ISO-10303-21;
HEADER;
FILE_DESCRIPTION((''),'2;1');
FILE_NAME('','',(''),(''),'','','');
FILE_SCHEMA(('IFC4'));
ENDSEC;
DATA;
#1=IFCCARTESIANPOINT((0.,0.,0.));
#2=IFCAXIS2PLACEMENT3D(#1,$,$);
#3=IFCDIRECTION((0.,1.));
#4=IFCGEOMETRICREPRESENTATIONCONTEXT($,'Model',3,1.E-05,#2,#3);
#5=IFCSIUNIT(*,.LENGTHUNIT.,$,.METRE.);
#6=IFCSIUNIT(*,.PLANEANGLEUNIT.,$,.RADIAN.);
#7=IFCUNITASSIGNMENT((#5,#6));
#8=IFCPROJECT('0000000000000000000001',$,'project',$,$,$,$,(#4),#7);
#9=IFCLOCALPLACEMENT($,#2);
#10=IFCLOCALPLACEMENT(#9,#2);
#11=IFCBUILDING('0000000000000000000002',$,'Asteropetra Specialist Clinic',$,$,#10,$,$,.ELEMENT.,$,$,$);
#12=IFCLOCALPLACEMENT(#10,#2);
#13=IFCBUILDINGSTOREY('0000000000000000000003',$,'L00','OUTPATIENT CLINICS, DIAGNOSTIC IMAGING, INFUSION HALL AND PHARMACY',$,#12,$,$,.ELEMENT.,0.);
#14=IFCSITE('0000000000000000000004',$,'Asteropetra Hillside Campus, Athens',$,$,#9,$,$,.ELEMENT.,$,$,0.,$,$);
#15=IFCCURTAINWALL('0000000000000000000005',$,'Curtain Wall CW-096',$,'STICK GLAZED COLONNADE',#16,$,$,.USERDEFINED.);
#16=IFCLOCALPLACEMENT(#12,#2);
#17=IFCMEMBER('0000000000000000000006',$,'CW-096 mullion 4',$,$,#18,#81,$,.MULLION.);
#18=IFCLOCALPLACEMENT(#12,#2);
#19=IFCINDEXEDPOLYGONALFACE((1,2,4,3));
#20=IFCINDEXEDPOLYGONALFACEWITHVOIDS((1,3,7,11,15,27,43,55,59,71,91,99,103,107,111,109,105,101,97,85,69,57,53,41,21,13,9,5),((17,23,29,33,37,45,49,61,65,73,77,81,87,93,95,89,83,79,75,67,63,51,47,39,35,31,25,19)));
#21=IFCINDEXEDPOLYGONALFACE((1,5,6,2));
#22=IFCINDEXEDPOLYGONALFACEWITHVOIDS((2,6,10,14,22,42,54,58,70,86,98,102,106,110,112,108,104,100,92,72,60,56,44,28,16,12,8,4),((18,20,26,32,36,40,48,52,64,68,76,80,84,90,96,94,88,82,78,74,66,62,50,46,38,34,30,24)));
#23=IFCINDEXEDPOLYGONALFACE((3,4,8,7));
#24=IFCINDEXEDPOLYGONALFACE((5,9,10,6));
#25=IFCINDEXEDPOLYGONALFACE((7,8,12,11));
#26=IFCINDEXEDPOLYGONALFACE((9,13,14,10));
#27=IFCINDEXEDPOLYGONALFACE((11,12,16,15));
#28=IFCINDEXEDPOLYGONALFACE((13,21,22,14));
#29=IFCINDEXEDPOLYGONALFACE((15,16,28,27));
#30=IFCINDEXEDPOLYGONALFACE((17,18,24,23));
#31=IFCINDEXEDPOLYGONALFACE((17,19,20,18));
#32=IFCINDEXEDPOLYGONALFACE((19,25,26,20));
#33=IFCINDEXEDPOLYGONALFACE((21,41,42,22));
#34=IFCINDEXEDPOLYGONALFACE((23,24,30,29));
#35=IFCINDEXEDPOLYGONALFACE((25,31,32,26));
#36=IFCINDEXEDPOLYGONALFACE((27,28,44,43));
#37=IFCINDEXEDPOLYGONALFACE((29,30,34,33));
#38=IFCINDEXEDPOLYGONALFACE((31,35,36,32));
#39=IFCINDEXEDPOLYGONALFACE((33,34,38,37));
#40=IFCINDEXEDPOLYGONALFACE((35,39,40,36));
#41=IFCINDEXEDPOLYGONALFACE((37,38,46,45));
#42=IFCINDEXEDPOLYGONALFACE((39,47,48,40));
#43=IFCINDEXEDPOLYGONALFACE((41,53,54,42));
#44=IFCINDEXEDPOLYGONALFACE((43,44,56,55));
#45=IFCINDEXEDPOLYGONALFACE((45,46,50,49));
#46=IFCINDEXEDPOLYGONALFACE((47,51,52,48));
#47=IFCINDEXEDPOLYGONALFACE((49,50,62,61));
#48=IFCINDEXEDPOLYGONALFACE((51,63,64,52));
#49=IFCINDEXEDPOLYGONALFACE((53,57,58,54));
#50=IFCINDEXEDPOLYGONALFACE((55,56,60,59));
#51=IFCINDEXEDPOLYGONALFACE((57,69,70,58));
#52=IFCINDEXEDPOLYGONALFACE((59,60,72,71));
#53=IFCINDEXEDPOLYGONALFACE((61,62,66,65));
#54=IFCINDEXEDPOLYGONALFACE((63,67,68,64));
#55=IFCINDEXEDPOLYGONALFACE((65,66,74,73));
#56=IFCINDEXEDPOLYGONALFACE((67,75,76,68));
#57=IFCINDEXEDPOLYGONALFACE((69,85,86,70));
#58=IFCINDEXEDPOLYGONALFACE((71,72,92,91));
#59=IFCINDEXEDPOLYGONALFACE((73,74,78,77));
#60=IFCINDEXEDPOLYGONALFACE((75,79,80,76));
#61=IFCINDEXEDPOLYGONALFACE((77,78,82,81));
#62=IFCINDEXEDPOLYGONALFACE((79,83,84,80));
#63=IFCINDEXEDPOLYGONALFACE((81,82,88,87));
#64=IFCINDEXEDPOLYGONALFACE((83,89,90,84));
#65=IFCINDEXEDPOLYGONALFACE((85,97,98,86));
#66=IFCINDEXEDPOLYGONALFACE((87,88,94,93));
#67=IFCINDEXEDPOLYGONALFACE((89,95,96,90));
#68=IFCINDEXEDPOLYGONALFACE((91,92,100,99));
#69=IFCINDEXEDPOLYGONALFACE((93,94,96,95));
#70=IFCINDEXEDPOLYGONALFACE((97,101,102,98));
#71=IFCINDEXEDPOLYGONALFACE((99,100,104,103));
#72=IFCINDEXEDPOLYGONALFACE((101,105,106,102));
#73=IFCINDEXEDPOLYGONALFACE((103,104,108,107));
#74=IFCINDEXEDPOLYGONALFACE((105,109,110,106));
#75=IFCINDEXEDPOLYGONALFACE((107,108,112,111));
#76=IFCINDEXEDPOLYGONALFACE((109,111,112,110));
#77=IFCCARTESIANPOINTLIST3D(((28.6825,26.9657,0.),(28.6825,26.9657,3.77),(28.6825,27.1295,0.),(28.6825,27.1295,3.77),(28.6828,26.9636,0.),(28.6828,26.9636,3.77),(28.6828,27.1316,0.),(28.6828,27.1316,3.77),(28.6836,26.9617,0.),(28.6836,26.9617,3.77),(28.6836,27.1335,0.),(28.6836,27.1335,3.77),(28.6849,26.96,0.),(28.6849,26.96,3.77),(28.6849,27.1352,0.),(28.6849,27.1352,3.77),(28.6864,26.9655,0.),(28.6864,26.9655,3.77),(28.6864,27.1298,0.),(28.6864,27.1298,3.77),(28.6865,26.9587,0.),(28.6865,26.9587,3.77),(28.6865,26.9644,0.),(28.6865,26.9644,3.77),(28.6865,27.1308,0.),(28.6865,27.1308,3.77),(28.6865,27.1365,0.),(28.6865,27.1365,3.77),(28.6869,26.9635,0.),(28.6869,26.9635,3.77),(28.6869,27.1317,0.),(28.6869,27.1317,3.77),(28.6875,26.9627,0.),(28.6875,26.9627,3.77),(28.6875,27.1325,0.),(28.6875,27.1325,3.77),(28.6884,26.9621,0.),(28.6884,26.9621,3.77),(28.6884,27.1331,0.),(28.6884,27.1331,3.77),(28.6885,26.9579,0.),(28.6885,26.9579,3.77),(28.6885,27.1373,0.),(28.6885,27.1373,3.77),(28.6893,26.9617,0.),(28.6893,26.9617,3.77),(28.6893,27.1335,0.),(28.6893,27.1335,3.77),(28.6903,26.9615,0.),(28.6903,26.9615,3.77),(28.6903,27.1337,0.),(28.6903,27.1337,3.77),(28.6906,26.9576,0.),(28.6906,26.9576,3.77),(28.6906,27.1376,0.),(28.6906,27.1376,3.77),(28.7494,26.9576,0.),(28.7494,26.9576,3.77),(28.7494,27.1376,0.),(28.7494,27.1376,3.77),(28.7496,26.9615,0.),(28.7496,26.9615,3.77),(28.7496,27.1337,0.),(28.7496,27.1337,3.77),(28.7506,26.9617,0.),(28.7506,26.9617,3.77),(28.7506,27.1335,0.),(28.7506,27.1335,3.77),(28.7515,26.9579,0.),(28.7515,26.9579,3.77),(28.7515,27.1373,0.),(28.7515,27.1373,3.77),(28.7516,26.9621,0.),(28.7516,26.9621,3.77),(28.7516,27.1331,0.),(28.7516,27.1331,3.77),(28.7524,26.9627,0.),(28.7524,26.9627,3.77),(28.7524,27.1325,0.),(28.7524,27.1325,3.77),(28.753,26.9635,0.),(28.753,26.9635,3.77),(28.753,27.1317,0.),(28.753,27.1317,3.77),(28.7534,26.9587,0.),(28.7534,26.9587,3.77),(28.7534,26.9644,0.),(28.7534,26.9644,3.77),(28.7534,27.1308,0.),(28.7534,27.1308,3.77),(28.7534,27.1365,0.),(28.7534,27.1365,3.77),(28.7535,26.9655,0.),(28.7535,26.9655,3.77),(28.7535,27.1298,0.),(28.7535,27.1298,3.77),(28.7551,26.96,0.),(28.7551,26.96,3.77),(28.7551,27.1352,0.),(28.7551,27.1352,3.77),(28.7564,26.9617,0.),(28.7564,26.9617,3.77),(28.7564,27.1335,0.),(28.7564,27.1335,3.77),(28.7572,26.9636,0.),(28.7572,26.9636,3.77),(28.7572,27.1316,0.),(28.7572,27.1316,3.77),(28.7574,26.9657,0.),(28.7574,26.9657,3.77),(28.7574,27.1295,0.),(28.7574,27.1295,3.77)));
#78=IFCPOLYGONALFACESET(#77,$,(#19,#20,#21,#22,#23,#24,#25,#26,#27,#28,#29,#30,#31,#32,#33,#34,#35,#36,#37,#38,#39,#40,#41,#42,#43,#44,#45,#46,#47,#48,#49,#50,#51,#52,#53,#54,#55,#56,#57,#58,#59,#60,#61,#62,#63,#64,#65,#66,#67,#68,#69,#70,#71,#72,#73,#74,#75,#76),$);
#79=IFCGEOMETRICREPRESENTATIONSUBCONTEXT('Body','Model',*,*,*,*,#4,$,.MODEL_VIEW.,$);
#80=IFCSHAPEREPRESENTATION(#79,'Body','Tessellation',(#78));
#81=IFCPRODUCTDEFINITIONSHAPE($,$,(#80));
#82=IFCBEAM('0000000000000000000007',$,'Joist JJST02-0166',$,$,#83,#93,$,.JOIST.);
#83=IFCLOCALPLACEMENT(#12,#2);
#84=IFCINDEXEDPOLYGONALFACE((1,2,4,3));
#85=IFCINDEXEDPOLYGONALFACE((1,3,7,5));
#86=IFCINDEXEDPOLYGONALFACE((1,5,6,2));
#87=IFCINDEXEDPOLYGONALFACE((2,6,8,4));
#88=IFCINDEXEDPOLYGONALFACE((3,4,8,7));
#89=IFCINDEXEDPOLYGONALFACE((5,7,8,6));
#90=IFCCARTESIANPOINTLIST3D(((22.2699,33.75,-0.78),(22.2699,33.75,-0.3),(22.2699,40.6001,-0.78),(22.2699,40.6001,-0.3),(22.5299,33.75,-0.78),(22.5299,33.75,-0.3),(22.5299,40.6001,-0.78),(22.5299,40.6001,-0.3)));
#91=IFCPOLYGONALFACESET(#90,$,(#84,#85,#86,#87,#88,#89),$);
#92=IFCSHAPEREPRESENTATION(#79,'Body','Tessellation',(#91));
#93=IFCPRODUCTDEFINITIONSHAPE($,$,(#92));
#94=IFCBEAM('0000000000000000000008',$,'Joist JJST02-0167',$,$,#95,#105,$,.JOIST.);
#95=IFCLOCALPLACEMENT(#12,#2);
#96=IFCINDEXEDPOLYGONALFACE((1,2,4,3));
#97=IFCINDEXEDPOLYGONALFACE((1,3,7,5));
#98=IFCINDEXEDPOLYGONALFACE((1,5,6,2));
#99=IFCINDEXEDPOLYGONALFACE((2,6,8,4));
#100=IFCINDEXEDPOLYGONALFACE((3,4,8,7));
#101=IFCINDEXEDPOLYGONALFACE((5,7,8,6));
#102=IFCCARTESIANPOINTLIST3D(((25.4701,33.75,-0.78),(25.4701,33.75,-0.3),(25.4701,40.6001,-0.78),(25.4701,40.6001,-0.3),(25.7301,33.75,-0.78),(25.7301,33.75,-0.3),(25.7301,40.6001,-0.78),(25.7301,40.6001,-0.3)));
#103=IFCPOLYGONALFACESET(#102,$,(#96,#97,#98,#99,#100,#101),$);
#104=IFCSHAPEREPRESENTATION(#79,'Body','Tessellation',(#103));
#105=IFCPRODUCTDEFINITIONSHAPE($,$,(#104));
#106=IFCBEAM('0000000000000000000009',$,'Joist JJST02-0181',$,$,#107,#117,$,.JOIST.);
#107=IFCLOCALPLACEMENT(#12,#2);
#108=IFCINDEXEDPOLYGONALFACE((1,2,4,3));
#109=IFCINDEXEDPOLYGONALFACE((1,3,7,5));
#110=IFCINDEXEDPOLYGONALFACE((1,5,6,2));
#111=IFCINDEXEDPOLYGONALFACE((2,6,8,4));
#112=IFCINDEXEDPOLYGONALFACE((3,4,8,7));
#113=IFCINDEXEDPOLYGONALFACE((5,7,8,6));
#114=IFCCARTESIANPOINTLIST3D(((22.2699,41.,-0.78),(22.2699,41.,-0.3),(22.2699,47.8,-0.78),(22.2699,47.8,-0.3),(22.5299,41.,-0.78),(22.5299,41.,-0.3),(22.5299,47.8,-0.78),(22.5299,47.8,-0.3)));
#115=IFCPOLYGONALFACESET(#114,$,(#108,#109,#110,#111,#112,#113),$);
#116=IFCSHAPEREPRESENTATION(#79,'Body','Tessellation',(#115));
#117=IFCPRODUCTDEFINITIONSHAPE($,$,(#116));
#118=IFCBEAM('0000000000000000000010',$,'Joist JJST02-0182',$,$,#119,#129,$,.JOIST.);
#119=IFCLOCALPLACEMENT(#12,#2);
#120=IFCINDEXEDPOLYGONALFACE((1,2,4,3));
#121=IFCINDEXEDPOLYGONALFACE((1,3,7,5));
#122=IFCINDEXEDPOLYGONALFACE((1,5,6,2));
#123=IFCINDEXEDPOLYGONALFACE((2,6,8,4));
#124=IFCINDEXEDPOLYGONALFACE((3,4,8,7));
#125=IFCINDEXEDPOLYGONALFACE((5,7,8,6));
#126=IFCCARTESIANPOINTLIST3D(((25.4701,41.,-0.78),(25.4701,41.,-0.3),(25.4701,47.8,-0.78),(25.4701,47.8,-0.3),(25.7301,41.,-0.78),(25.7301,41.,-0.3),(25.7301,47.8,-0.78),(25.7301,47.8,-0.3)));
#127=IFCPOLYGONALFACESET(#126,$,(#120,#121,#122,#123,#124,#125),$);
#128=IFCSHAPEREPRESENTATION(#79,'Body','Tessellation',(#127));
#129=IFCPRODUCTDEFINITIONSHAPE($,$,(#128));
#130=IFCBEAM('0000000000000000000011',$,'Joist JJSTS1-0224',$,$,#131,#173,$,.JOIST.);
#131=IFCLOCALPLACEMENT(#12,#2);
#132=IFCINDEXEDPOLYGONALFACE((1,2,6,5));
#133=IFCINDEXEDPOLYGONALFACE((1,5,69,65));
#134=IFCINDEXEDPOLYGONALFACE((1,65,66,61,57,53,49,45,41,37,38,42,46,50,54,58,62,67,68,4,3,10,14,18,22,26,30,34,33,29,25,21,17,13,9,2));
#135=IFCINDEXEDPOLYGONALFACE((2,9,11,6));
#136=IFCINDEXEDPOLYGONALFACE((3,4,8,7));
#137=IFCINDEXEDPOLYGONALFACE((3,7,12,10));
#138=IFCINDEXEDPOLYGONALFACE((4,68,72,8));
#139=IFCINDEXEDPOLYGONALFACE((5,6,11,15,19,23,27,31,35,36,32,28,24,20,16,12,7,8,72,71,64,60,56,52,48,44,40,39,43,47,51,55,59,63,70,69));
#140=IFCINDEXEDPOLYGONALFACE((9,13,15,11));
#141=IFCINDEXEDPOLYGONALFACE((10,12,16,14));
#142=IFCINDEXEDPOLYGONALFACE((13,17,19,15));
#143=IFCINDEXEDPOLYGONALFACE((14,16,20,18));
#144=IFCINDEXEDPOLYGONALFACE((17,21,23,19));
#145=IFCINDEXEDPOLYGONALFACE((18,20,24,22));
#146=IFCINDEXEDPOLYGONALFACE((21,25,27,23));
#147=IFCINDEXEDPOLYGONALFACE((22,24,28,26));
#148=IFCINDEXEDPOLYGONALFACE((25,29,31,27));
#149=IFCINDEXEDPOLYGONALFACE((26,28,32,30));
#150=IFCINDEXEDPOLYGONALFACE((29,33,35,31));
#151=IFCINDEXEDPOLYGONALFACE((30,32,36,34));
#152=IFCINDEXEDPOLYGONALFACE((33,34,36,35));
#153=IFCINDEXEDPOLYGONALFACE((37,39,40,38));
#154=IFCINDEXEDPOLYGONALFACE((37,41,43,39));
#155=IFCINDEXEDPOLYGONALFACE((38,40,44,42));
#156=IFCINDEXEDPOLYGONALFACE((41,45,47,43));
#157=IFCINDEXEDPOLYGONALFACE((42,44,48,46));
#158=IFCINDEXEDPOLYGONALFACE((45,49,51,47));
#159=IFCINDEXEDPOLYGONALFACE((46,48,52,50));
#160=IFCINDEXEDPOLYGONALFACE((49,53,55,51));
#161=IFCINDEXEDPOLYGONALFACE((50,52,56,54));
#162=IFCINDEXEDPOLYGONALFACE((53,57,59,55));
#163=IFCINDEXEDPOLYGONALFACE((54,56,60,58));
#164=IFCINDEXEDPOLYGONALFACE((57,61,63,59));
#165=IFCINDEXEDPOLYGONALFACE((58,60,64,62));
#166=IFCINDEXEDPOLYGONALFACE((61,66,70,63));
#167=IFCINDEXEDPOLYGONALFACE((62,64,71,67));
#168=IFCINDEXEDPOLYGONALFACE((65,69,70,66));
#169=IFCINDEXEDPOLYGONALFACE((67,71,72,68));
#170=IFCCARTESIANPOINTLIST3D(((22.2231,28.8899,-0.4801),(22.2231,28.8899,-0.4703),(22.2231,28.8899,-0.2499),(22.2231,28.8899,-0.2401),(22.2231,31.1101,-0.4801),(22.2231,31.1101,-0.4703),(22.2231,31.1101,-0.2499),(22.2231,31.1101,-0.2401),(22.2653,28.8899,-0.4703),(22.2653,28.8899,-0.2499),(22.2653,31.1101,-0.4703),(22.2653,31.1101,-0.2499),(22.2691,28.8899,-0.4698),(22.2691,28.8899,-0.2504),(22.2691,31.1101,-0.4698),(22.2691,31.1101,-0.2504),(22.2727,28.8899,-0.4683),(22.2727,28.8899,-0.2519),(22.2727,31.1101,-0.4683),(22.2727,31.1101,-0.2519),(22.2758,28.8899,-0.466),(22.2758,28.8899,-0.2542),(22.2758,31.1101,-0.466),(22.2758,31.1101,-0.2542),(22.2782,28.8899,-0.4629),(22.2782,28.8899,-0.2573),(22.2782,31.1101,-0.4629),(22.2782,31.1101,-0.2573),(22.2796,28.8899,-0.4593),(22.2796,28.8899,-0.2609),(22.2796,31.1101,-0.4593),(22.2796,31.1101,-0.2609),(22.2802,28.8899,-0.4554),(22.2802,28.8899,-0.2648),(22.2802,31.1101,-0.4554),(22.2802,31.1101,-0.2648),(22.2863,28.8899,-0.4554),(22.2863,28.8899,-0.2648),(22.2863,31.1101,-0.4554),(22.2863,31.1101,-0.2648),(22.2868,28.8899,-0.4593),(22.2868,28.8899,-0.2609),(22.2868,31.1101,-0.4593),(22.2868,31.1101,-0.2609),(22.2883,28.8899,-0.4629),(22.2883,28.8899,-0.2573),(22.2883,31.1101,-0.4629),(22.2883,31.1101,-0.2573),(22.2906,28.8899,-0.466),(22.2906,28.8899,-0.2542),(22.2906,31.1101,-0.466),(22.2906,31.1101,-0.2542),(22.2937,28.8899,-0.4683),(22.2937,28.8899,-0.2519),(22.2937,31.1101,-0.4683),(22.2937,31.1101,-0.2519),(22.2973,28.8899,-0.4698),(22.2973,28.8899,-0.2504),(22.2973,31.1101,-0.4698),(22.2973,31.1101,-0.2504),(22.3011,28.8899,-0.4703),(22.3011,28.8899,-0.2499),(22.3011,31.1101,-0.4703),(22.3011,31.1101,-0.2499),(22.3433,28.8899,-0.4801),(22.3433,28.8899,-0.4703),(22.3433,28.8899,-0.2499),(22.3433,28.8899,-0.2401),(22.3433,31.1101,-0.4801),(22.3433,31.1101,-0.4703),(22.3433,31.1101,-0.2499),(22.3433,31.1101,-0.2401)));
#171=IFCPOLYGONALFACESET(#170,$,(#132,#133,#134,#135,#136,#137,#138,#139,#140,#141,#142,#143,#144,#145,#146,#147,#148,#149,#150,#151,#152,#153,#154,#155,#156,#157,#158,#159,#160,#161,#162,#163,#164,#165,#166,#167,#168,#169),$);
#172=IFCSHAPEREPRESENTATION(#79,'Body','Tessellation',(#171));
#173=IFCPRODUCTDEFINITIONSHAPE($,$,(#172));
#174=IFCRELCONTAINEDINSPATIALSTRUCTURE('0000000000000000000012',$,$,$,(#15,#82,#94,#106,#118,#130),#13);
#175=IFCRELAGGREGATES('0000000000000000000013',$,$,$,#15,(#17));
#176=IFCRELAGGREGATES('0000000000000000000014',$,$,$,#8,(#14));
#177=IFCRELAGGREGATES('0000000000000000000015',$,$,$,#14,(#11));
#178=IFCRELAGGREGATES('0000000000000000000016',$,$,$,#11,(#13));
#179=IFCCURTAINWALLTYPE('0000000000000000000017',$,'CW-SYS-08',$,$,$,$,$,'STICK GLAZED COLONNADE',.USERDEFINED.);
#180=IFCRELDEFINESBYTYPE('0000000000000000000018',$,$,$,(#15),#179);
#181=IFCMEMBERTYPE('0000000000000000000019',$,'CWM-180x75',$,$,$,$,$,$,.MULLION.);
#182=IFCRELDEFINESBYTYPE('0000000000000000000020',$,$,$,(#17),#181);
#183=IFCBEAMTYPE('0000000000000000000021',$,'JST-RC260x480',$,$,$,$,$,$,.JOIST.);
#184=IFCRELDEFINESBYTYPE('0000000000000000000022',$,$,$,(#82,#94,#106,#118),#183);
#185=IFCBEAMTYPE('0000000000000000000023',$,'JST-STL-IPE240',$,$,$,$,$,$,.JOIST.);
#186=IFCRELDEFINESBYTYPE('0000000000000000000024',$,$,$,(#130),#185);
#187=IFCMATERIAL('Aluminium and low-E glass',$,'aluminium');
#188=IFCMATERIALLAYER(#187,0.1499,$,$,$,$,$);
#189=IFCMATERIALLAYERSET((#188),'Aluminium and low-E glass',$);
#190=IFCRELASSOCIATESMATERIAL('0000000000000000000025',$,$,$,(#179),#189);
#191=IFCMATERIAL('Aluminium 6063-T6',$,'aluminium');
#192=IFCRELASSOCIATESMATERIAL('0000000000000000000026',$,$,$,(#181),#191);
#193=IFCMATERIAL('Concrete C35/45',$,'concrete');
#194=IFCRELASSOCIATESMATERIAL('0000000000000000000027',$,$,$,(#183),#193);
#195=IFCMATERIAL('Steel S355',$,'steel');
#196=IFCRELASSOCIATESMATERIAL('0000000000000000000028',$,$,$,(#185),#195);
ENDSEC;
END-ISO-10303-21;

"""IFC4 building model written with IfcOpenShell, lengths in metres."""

from ifc_helpers import new_model, si_unit, direction, frame, origin, origin_2d, place, context, subcontext, project, spatial, rectangle, hollow_rectangle, i_section, extrude, material, layer, layer_set, material_profile, profile_set, type_object, element, aggregate, save


model = new_model("IFC4")

# Units and contexts
model_context = context("Model", 3, precision=1e-05, world=origin(), true_north=direction((0.0, 1.0)))
body_context = subcontext(model_context, "Body", "Model", "MODEL_VIEW")
ifc_project = project(units=[si_unit("LENGTHUNIT", "METRE"), si_unit("PLANEANGLEUNIT", "RADIAN")], contexts=[model_context])

# Site, building, storey
site_placement = place(None, origin())
site = spatial("IfcSite", under=ifc_project, at=site_placement, Name="Asteropetra Hillside Campus, Athens", CompositionType="ELEMENT", RefElevation=0.0)
building_placement = place(site_placement, origin())
building = spatial("IfcBuilding", under=site, at=building_placement, Name="Asteropetra Specialist Clinic", CompositionType="ELEMENT")
storey_placement = place(building_placement, origin())
storey = spatial("IfcBuildingStorey", under=building, at=storey_placement, Name="L00", Description="OUTPATIENT CLINICS, DIAGNOSTIC IMAGING, INFUSION HALL AND PHARMACY", CompositionType="ELEMENT", Elevation=0.0)

# Curtain wall, member
ifc_material_1 = material(Name="Aluminium and low-E glass", Category="aluminium")
ifc_layer_1 = layer(ifc_material_1, 0.1499)
ifc_layer_set_1 = layer_set([ifc_layer_1], Name="Aluminium and low-E glass")
curtain_wall_type = type_object("IfcCurtainWallType", Name="CW-SYS-08", ElementType="STICK GLAZED COLONNADE", PredefinedType="USERDEFINED", material=ifc_layer_set_1)
curtain_wall_placement = place(storey_placement, origin())
curtain_wall = element("IfcCurtainWall", 1, at=curtain_wall_placement, inside=storey, type_object=curtain_wall_type, Name="Curtain Wall CW-096", ObjectType="STICK GLAZED COLONNADE", PredefinedType="USERDEFINED")
ifc_material_2 = material(Name="Aluminium 6063-T6", Category="aluminium")
ifc_material_profile_1 = material_profile(ifc_material_2, hollow_rectangle(XDim=0.075, YDim=0.1799, WallThickness=0.0039, InnerFilletRadius=0.0039, OuterFilletRadius=0.0081, at=origin_2d()), Name="MUL 180x75x4.0")
ifc_profile_set_1 = profile_set([ifc_material_profile_1], Name="Aluminium 6063-T6")
member_type = type_object("IfcMemberType", Name="CWM-180x75", PredefinedType="MULLION", material=ifc_profile_set_1)
member_placement = place(storey_placement, frame((28.72, 27.0476, 0.0), z_axis=(0.0, 0.0, 1.0), x_axis=(1.0, 0.0, 0.0)))
member = element("IfcMember", 2, at=member_placement, type_object=member_type, Name="CW-096 mullion 4", PredefinedType="MULLION", context=body_context, shape_type="SweptSolid", body=[
    extrude(hollow_rectangle(XDim=0.075, YDim=0.1799, WallThickness=0.0039, InnerFilletRadius=0.0039, OuterFilletRadius=0.0081, at=origin_2d()), origin(), (0.0, 0.0, 1.0), 3.77),
])

# Beams
ifc_material_3 = material(Name="Concrete C35/45", Category="concrete")
ifc_material_profile_2 = material_profile(ifc_material_3, rectangle(XDim=0.26, YDim=0.48, at=origin_2d()), Name="RCJ 260x480")
ifc_profile_set_2 = profile_set([ifc_material_profile_2], Name="Concrete C35/45")
beam_type_1 = type_object("IfcBeamType", Name="JST-RC260x480", PredefinedType="JOIST", material=ifc_profile_set_2)
for number, where, z_axis, x_axis, name in (
    (3, (22.3999, 33.75, -0.54), (0.0, 1.0, 0.0), (-1.0, 0.0, 0.0), "Joist JJST02-0166"),
    (4, (25.6001, 33.75, -0.54), (0.0, 1.0, 0.0), (-1.0, 0.0, 0.0), "Joist JJST02-0167"),
):
    element("IfcBeam", number, at=place(storey_placement, frame(where, z_axis=z_axis, x_axis=x_axis)), inside=storey, type_object=beam_type_1, Name=name, PredefinedType="JOIST", context=body_context, shape_type="SweptSolid", body=[
        extrude(rectangle(XDim=0.26, YDim=0.48, at=origin_2d()), origin(), (0.0, 0.0, 1.0), 6.8501),
    ])
for number, where, z_axis, x_axis, name in (
    (5, (22.3999, 41.0, -0.54), (0.0, 1.0, 0.0), (-1.0, 0.0, 0.0), "Joist JJST02-0181"),
    (6, (25.6001, 41.0, -0.54), (0.0, 1.0, 0.0), (-1.0, 0.0, 0.0), "Joist JJST02-0182"),
):
    element("IfcBeam", number, at=place(storey_placement, frame(where, z_axis=z_axis, x_axis=x_axis)), inside=storey, type_object=beam_type_1, Name=name, PredefinedType="JOIST", context=body_context, shape_type="SweptSolid", body=[
        extrude(rectangle(XDim=0.26, YDim=0.48, at=origin_2d()), origin(), (0.0, 0.0, 1.0), 6.8),
    ])
ifc_material_4 = material(Name="Steel S355", Category="steel")
ifc_material_profile_3 = material_profile(ifc_material_4, i_section(OverallWidth=0.1201, OverallDepth=0.24, WebThickness=0.0061, FlangeThickness=0.0098, FilletRadius=0.0149, at=origin_2d()), Name="IPE 240")
ifc_profile_set_3 = profile_set([ifc_material_profile_3], Name="Steel S355")
beam_type_2 = type_object("IfcBeamType", Name="JST-STL-IPE240", PredefinedType="JOIST", material=ifc_profile_set_3)
for number, where, z_axis, x_axis, name in (
    (7, (22.2832, 28.8899, -0.3601), (0.0, 1.0, 0.0), (-1.0, 0.0, 0.0), "Joist JJSTS1-0224"),
):
    element("IfcBeam", number, at=place(storey_placement, frame(where, z_axis=z_axis, x_axis=x_axis)), inside=storey, type_object=beam_type_2, Name=name, PredefinedType="JOIST", context=body_context, shape_type="SweptSolid", body=[
        extrude(i_section(OverallWidth=0.1201, OverallDepth=0.24, WebThickness=0.0061, FlangeThickness=0.0098, FilletRadius=0.0149, at=origin_2d()), origin(), (0.0, 0.0, 1.0), 2.2202),
    ])

aggregate(curtain_wall, [member])

save(model, "model.ifc")
